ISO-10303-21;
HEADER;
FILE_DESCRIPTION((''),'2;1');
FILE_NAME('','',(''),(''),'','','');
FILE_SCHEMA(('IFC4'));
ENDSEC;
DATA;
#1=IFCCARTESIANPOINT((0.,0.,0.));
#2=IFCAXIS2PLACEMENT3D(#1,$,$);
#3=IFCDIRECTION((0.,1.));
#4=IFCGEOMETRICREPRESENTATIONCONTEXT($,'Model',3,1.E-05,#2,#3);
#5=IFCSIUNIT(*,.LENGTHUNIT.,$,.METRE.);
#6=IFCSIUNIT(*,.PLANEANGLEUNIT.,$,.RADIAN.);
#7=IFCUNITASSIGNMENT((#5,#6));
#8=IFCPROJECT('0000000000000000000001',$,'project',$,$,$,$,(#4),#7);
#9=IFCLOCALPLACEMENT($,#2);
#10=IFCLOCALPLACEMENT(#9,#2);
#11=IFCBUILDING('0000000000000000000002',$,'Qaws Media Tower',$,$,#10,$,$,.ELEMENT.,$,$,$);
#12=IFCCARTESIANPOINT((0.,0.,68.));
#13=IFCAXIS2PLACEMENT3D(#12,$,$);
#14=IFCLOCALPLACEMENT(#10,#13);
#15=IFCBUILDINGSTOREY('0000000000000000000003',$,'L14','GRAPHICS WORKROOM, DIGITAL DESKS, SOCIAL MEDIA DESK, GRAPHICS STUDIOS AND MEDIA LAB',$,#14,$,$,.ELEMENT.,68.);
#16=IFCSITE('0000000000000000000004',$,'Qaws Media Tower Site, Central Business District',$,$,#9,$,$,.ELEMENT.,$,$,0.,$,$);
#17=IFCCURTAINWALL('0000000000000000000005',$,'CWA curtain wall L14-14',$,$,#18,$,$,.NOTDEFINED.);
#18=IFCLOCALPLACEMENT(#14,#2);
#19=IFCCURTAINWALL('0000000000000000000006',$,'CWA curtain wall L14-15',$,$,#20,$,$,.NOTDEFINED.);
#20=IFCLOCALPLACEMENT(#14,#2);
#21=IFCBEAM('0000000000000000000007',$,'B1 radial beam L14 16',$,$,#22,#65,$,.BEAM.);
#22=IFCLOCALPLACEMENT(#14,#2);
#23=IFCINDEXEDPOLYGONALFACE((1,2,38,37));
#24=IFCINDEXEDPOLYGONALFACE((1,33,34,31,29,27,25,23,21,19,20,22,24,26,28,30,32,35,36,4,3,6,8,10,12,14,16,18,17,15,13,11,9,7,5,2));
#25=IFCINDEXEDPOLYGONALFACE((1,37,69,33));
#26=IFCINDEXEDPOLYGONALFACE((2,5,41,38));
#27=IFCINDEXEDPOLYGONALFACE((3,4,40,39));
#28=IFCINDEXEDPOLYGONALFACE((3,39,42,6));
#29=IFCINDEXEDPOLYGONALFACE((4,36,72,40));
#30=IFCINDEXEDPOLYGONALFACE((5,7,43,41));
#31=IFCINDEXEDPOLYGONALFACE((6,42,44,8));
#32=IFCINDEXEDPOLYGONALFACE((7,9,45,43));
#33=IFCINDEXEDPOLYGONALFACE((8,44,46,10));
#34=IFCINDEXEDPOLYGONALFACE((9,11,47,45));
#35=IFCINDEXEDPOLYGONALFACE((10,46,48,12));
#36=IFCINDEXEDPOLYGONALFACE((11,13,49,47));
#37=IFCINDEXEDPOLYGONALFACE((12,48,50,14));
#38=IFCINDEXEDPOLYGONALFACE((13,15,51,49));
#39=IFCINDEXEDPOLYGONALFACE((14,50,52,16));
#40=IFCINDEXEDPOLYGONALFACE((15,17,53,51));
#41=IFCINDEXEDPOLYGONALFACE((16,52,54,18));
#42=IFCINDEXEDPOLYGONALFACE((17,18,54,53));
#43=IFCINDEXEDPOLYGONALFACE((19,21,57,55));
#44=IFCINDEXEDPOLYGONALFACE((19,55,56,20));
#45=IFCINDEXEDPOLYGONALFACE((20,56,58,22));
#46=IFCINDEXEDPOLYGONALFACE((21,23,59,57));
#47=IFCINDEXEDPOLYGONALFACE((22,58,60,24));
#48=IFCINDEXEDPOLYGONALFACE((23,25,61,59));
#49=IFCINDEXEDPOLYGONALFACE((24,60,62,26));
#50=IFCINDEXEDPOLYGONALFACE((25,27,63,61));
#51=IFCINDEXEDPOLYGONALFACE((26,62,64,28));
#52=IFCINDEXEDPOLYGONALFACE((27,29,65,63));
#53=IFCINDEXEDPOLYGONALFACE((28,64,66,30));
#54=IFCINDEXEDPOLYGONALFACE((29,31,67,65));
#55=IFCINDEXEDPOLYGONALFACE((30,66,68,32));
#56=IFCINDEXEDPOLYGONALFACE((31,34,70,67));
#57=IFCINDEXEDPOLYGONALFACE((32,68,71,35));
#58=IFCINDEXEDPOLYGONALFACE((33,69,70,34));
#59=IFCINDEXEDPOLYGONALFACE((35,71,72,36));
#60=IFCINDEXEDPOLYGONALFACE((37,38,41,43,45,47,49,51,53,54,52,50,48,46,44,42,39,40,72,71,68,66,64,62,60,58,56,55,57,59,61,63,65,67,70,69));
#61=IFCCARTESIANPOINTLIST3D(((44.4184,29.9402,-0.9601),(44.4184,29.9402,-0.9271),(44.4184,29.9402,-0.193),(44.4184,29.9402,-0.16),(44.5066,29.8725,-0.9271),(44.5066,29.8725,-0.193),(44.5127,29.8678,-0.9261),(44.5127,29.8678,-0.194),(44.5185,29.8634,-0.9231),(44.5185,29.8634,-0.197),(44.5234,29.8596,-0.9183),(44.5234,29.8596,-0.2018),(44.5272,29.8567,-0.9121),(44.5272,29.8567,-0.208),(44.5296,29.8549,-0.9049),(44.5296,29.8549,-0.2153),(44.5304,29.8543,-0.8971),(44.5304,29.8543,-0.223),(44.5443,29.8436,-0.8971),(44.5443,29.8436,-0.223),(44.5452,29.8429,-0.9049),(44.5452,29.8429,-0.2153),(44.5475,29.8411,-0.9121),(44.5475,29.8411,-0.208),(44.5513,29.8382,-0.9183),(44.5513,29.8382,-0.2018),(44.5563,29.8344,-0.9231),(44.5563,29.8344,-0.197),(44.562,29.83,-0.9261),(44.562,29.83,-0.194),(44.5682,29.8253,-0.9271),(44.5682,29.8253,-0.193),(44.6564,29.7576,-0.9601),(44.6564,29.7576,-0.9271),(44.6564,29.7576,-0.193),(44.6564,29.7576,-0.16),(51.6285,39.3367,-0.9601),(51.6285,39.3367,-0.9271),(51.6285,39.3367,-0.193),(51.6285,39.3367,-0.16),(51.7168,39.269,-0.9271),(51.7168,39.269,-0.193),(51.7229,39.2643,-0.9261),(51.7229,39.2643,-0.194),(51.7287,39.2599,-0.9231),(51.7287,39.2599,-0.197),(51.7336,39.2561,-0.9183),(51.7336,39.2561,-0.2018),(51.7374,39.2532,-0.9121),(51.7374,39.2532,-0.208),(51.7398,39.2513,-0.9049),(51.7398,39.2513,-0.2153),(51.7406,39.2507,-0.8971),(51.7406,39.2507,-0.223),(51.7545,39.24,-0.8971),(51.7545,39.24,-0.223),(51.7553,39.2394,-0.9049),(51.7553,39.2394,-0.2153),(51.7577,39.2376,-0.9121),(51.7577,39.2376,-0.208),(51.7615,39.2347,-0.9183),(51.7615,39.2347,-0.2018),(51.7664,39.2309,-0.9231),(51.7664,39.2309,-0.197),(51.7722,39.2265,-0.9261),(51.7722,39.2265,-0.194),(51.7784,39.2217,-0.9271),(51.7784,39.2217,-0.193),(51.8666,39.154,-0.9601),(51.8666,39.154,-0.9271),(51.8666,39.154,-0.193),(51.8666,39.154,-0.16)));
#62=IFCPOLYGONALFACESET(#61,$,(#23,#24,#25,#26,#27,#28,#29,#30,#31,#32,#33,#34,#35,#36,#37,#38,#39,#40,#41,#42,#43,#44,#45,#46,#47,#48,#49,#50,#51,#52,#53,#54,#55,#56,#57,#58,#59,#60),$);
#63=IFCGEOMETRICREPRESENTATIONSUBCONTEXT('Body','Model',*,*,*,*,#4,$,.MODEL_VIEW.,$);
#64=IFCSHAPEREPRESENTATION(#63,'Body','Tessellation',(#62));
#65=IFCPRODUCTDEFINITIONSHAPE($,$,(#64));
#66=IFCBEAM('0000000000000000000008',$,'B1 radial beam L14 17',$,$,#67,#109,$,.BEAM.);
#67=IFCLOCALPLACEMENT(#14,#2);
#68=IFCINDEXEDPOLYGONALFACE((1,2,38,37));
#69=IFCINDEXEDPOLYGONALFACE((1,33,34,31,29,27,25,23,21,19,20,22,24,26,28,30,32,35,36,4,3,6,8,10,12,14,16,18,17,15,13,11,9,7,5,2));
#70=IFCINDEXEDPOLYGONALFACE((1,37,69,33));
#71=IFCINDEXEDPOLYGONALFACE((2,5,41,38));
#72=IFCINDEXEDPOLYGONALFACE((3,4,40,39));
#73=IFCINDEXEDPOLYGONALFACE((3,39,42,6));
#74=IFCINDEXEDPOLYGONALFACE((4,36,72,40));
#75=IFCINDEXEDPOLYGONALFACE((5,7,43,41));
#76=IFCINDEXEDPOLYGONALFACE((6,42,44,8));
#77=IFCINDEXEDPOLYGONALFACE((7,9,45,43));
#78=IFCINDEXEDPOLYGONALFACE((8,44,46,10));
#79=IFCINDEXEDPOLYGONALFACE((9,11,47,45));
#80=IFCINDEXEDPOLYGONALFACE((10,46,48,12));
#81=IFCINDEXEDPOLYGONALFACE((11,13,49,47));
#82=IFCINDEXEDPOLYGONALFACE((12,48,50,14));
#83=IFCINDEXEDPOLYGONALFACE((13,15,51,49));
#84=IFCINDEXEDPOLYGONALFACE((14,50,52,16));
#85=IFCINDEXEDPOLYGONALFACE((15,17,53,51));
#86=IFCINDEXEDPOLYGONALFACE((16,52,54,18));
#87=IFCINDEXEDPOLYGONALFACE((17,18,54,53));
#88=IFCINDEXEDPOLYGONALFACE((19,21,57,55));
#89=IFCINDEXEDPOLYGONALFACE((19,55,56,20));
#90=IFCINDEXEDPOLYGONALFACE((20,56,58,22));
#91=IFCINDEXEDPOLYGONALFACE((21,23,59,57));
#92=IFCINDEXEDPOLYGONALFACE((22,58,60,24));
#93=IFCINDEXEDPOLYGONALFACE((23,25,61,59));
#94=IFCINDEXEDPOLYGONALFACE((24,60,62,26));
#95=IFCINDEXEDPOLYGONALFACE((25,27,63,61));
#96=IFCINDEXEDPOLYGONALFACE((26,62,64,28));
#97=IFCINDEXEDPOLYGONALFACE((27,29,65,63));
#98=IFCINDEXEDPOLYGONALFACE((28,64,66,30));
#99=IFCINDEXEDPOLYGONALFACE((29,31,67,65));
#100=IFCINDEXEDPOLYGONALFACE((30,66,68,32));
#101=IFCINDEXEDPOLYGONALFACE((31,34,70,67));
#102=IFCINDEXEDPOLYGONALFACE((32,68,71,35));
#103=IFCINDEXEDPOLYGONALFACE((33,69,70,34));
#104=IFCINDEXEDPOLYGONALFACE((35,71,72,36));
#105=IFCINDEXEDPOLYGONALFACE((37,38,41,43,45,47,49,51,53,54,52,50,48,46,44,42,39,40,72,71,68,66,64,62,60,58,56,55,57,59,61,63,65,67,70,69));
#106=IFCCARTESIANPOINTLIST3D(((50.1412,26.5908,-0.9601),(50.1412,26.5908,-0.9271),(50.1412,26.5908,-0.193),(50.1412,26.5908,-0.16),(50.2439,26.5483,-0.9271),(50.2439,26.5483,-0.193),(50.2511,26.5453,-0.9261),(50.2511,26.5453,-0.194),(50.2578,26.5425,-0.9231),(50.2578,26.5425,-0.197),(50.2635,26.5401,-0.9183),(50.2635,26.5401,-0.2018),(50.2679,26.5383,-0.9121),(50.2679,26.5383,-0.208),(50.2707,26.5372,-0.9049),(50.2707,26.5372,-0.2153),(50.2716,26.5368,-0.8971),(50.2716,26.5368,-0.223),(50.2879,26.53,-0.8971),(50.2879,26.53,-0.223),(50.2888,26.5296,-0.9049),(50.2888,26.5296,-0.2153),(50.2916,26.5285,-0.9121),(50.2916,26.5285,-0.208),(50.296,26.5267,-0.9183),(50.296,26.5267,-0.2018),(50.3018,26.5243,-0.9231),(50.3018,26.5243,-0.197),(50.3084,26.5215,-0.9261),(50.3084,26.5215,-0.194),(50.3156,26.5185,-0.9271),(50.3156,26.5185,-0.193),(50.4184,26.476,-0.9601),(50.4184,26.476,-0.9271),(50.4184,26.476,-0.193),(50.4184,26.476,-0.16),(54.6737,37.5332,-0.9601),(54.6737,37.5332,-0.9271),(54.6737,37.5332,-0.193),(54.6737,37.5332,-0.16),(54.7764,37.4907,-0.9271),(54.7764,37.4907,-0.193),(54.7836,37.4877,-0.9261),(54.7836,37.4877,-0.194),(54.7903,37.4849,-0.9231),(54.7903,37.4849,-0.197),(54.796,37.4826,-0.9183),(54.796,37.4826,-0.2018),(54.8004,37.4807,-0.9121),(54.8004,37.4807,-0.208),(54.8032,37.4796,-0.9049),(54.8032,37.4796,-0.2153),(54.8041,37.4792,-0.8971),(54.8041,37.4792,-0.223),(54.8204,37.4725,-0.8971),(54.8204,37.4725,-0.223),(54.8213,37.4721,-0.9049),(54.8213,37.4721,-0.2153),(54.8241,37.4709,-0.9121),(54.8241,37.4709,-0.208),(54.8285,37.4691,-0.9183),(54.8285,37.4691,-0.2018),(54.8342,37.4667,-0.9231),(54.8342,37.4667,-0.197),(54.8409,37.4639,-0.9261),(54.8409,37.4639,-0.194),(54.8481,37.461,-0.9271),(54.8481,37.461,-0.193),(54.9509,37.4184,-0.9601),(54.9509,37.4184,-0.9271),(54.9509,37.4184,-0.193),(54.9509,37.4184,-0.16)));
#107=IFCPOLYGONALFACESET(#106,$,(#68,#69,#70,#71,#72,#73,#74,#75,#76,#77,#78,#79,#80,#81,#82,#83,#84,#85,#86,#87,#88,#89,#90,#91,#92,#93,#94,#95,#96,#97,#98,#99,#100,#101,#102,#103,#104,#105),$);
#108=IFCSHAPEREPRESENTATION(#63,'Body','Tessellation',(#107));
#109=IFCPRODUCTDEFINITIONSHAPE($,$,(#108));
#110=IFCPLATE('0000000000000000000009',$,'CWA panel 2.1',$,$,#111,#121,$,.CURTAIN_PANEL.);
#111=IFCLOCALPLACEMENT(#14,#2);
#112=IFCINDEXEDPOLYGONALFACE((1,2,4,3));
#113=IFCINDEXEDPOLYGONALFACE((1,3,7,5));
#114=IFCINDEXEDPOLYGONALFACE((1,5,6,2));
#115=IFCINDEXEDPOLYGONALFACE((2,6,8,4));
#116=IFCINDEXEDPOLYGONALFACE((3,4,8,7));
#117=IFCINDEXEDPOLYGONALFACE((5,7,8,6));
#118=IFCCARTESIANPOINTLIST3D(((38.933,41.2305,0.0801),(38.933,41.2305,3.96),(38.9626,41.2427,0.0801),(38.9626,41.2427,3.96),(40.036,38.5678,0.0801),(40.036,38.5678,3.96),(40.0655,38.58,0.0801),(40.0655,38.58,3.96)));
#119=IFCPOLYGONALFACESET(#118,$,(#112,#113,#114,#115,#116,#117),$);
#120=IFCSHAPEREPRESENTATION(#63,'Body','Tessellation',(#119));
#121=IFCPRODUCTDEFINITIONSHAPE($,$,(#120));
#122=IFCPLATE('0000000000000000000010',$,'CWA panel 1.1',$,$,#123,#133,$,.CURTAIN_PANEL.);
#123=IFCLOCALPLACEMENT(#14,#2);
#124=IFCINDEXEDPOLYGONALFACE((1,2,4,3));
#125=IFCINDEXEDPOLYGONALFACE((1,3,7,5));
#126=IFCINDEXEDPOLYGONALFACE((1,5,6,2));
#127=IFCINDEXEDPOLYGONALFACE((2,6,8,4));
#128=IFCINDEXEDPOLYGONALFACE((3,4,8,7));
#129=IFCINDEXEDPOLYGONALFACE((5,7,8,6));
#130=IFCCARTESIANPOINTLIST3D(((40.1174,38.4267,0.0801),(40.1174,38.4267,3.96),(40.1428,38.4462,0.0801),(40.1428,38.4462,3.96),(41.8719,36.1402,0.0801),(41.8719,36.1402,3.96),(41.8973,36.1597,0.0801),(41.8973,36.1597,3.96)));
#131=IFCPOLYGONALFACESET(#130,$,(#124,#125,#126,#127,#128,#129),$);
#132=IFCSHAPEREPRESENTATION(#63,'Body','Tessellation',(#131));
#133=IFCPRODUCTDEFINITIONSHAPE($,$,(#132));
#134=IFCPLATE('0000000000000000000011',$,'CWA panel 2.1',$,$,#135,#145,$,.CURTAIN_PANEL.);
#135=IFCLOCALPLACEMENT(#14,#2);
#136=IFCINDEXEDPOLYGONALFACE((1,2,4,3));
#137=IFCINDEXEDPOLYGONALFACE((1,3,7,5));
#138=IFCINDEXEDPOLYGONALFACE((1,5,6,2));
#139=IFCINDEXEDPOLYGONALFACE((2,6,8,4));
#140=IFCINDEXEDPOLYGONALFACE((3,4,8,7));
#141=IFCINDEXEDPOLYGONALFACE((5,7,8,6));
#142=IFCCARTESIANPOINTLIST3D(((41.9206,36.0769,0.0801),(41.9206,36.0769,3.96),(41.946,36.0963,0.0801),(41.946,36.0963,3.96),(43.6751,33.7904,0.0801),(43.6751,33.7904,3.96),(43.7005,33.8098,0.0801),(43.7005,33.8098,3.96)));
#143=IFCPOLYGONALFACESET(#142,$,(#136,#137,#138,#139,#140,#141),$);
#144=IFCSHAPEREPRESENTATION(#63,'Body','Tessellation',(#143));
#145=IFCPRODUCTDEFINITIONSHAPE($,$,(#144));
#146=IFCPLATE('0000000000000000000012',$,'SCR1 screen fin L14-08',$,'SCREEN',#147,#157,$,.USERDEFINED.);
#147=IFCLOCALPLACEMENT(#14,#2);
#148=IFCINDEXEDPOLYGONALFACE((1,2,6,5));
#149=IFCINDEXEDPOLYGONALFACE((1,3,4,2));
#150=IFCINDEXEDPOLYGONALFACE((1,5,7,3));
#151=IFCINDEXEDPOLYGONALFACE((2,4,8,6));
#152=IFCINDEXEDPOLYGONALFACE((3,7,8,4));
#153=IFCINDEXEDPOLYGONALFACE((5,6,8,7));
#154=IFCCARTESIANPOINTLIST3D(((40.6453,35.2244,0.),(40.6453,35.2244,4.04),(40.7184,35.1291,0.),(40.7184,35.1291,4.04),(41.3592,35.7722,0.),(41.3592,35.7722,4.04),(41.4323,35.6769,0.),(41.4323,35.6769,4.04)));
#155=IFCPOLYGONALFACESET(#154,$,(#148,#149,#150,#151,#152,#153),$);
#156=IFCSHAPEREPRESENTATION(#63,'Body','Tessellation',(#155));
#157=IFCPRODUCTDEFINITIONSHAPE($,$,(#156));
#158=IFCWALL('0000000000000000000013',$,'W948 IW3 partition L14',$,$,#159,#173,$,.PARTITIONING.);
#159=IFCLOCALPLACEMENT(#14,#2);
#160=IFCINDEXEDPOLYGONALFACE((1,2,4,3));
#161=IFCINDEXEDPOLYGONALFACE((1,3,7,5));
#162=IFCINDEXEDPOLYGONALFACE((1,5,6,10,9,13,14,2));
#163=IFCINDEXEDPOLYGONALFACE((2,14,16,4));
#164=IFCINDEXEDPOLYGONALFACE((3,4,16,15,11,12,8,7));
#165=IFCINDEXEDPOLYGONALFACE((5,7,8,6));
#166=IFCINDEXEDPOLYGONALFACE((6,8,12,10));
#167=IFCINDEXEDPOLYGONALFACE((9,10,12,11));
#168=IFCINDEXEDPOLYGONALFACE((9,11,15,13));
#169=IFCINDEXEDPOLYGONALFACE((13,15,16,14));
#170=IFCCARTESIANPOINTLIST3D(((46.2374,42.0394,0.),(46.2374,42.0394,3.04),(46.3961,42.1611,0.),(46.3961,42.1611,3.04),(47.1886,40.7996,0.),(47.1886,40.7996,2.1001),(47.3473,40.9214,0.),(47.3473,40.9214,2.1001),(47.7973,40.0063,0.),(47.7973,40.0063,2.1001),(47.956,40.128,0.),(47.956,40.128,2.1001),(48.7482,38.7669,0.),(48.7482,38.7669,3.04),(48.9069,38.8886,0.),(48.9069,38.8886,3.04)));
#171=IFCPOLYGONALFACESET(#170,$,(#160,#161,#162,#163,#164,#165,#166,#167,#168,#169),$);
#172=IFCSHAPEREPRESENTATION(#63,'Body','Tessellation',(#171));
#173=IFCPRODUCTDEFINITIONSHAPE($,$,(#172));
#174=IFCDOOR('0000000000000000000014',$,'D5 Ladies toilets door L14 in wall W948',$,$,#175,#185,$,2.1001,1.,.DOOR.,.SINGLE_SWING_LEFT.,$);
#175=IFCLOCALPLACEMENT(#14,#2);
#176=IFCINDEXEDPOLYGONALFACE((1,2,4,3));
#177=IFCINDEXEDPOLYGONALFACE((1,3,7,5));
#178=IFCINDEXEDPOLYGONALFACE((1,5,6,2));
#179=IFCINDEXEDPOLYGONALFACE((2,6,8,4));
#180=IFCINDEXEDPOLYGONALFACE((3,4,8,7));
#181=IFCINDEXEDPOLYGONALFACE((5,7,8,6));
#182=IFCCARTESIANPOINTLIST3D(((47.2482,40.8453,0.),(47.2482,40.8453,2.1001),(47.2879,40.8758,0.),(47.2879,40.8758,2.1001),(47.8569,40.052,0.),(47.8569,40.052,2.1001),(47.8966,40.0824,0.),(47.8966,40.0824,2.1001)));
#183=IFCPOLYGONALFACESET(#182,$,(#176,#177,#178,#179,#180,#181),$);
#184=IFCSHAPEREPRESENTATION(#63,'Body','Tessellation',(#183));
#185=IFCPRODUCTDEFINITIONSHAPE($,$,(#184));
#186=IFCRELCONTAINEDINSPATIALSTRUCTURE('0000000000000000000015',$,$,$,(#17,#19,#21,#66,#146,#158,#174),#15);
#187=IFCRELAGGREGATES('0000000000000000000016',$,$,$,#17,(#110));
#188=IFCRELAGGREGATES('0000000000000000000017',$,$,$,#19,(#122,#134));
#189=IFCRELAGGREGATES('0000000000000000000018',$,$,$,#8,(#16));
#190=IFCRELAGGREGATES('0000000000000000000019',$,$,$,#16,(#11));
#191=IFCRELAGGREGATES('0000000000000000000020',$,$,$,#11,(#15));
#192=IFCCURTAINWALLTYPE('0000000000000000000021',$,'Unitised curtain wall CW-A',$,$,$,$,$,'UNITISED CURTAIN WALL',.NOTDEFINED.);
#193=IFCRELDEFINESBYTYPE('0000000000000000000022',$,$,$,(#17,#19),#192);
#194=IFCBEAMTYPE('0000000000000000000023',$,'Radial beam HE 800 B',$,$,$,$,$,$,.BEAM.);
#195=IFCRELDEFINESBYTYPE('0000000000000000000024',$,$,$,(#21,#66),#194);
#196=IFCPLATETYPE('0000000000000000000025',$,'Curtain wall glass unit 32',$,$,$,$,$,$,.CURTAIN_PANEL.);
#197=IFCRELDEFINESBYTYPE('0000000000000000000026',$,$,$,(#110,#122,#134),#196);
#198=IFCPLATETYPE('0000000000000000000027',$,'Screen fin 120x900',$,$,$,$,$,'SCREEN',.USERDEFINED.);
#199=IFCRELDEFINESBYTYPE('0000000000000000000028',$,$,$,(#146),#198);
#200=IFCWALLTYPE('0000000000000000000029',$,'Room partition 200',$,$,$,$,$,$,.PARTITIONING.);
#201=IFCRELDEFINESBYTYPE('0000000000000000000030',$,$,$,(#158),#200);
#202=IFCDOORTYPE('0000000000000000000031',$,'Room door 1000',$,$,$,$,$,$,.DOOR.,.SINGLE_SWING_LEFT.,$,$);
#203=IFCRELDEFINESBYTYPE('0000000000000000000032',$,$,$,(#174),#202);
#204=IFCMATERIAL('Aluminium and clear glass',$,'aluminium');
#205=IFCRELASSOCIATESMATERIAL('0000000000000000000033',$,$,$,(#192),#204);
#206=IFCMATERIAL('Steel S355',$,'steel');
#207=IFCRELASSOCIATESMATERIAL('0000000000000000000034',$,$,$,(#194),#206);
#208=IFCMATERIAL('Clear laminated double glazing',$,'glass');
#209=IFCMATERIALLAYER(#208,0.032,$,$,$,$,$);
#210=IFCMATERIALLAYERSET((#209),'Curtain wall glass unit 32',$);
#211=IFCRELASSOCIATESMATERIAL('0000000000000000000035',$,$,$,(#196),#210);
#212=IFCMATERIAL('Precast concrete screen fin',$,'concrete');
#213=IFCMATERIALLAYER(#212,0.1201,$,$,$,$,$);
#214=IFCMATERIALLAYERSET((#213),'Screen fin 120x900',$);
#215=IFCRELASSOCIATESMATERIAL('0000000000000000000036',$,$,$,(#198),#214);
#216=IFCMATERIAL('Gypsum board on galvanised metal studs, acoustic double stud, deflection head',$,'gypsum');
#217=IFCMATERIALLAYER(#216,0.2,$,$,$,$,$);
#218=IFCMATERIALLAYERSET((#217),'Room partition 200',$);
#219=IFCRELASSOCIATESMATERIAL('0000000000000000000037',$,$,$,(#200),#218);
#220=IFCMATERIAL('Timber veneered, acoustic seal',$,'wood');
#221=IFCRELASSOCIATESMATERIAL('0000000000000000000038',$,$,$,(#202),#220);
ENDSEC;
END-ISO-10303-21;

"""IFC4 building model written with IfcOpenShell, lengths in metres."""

from ifc_helpers import new_model, si_unit, direction, frame, frame_2d, origin, origin_2d, place, context, subcontext, project, spatial, rectangle, i_section, extrude, material, layer, layer_set, material_profile, profile_set, type_object, element, fill, aggregate, save


model = new_model("IFC4")

# Units and contexts
model_context = context("Model", 3, precision=1e-05, world=origin(), true_north=direction((0.0, 1.0)))
body_context = subcontext(model_context, "Body", "Model", "MODEL_VIEW")
ifc_project = project(units=[si_unit("LENGTHUNIT", "METRE"), si_unit("PLANEANGLEUNIT", "RADIAN")], contexts=[model_context])

# Site, building, storey
site_placement = place(None, origin())
site = spatial("IfcSite", under=ifc_project, at=site_placement, Name="Qaws Media Tower Site, Central Business District", CompositionType="ELEMENT", RefElevation=0.0)
building_placement = place(site_placement, origin())
building = spatial("IfcBuilding", under=site, at=building_placement, Name="Qaws Media Tower", CompositionType="ELEMENT")
storey_placement = place(building_placement, frame((0.0, 0.0, 68.0)))
storey = spatial("IfcBuildingStorey", under=building, at=storey_placement, Name="L14", Description="GRAPHICS WORKROOM, DIGITAL DESKS, SOCIAL MEDIA DESK, GRAPHICS STUDIOS AND MEDIA LAB", CompositionType="ELEMENT", Elevation=68.0)

# Curtain wall
ifc_material_1 = material(Name="Aluminium and clear glass", Category="aluminium")
curtain_wall_type = type_object("IfcCurtainWallType", Name="Unitised curtain wall CW-A", ElementType="UNITISED CURTAIN WALL", PredefinedType="NOTDEFINED", material=ifc_material_1)
curtain_wall_1_placement = place(storey_placement, origin())
curtain_wall_1 = element("IfcCurtainWall", 1, at=curtain_wall_1_placement, inside=storey, type_object=curtain_wall_type, Name="CWA curtain wall L14-14", PredefinedType="NOTDEFINED")

# Curtain wall
curtain_wall_2_placement = place(storey_placement, origin())
curtain_wall_2 = element("IfcCurtainWall", 2, at=curtain_wall_2_placement, inside=storey, type_object=curtain_wall_type, Name="CWA curtain wall L14-15", PredefinedType="NOTDEFINED")

# Beams
ifc_material_2 = material(Name="Steel S355", Category="steel")
ifc_material_profile_1 = material_profile(ifc_material_2, i_section(OverallWidth=0.3, OverallDepth=0.8, WebThickness=0.0176, FlangeThickness=0.033, FilletRadius=0.03, at=origin_2d()), Name="HE 800 B")
ifc_profile_set_1 = profile_set([ifc_material_profile_1], Name="Steel S355")
beam_type_1 = type_object("IfcBeamType", Name="Radial beam HE 800 B", PredefinedType="BEAM", material=ifc_profile_set_1)
for number, where, z_axis, x_axis, name in (
    (3, (51.7476, 39.2454, -0.5601), (-0.608763, -0.793352, 0.0), (0.793352, -0.608763, 0.0), "B1 radial beam L14 16"),
    (4, (54.8123, 37.4758, -0.5601), (-0.382683, -0.92388, 0.0), (0.92388, -0.382683, 0.0), "B1 radial beam L14 17"),
):
    element("IfcBeam", number, at=place(storey_placement, frame(where, z_axis=z_axis, x_axis=x_axis)), inside=storey, type_object=beam_type_1, Name=name, PredefinedType="BEAM", context=body_context, shape_type="SweptSolid", body=[
        extrude(i_section(OverallWidth=0.3, OverallDepth=0.8, WebThickness=0.0176, FlangeThickness=0.033, FilletRadius=0.03, at=origin_2d()), origin(), (0.0, 0.0, 1.0), 11.844),
    ])

# Plates
ifc_material_3 = material(Name="Clear laminated double glazing", Category="glass")
ifc_layer_1 = layer(ifc_material_3, 0.032)
ifc_layer_set_1 = layer_set([ifc_layer_1], Name="Curtain wall glass unit 32")
plate_type_1 = type_object("IfcPlateType", Name="Curtain wall glass unit 32", PredefinedType="CURTAIN_PANEL", material=ifc_layer_set_1)
plate_1_placement = place(storey_placement, frame((39.4993, 39.9053, 0.0801), z_axis=(0.0, 0.0, 1.0), x_axis=(0.382683, -0.92388, 0.0)))
plate_1 = element("IfcPlate", 5, at=plate_1_placement, type_object=plate_type_1, Name="CWA panel 2.1", PredefinedType="CURTAIN_PANEL", context=body_context, shape_type="SweptSolid", body=[
    extrude(rectangle(XDim=2.8821, YDim=0.032, at=origin_2d()), origin(), (0.0, 0.0, 1.0), 3.8799),
])
aggregate(curtain_wall_1, [plate_1])
plate_2_placement = place(storey_placement, frame((41.0073, 37.2932, 0.0801), z_axis=(0.0, 0.0, 1.0), x_axis=(0.608761, -0.793353, 0.0)))
plate_2 = element("IfcPlate", 6, at=plate_2_placement, type_object=plate_type_1, Name="CWA panel 1.1", PredefinedType="CURTAIN_PANEL", context=body_context, shape_type="SweptSolid", body=[
    extrude(rectangle(XDim=2.8821, YDim=0.032, at=origin_2d()), origin(), (0.0, 0.0, 1.0), 3.8799),
])
plate_3_placement = place(storey_placement, frame((42.8105, 34.9434, 0.0801), z_axis=(0.0, 0.0, 1.0), x_axis=(0.608761, -0.793353, 0.0)))
plate_3 = element("IfcPlate", 7, at=plate_3_placement, type_object=plate_type_1, Name="CWA panel 2.1", PredefinedType="CURTAIN_PANEL", context=body_context, shape_type="SweptSolid", body=[
    extrude(rectangle(XDim=2.8821, YDim=0.032, at=origin_2d()), origin(), (0.0, 0.0, 1.0), 3.8799),
])
aggregate(curtain_wall_2, [plate_2, plate_3])
ifc_material_4 = material(Name="Precast concrete screen fin", Category="concrete")
ifc_layer_2 = layer(ifc_material_4, 0.1201)
ifc_layer_set_2 = layer_set([ifc_layer_2], Name="Screen fin 120x900")
plate_type_2 = type_object("IfcPlateType", Name="Screen fin 120x900", ElementType="SCREEN", PredefinedType="USERDEFINED", material=ifc_layer_set_2)
plate_4_placement = place(storey_placement, frame((41.0388, 35.4507, 0.0), z_axis=(0.0, 0.0, 1.0), x_axis=(-0.793353, -0.608761, 0.0)))
element("IfcPlate", 8, at=plate_4_placement, inside=storey, type_object=plate_type_2, Name="SCR1 screen fin L14-08", ObjectType="SCREEN", PredefinedType="USERDEFINED", context=body_context, shape_type="SweptSolid", body=[
    extrude(rectangle(XDim=0.8999, YDim=0.1201, at=origin_2d()), origin(), (0.0, 0.0, 1.0), 4.04),
])

# Wall, opening, door
ifc_material_5 = material(Name="Gypsum board on galvanised metal studs, acoustic double stud, deflection head", Category="gypsum")
ifc_layer_3 = layer(ifc_material_5, 0.2)
ifc_layer_set_3 = layer_set([ifc_layer_3], Name="Room partition 200")
wall_type = type_object("IfcWallType", Name="Room partition 200", PredefinedType="PARTITIONING", material=ifc_layer_set_3)
wall_1_placement = place(storey_placement, frame((48.8276, 38.8276, 0.0), z_axis=(0.0, 0.0, 1.0), x_axis=(-0.608715, 0.793389, 0.0)))
wall_1 = element("IfcWall", 9, at=wall_1_placement, inside=storey, type_object=wall_type, Name="W948 IW3 partition L14", PredefinedType="PARTITIONING", context=body_context, shape_type="SweptSolid", body=[
    extrude(rectangle(XDim=4.1248, YDim=0.2, at=frame_2d((2.0625, 0.0))), origin(), (0.0, 0.0, 1.0), 3.04),
])
opening_1_placement = place(wall_1_placement, frame((1.5623, 0.0, 0.0)))
opening_1 = element("IfcOpeningElement", 10, at=opening_1_placement, cuts=wall_1, PredefinedType="OPENING", context=body_context, shape_type="SweptSolid", body=[
    extrude(rectangle(XDim=1.0, YDim=2.1001, at=frame_2d((0.5, 1.05))), frame((0.0, 0.1099, 0.0), z_axis=(0.0, -1.0, 0.0), x_axis=(1.0, 0.0, 0.0)), (0.0, 0.0, 1.0), 0.22),
])
ifc_material_6 = material(Name="Timber veneered, acoustic seal", Category="wood")
door_type_1 = type_object("IfcDoorType", Name="Room door 1000", OperationType="SINGLE_SWING_LEFT", PredefinedType="DOOR", material=ifc_material_6)
door_1_placement = place(opening_1_placement, origin())
door_1 = element("IfcDoor", 11, at=door_1_placement, inside=storey, type_object=door_type_1, Name="D5 Ladies toilets door L14 in wall W948", OperationType="SINGLE_SWING_LEFT", OverallHeight=2.1001, OverallWidth=1.0, PredefinedType="DOOR", context=body_context, shape_type="SweptSolid", body=[
    extrude(rectangle(XDim=1.0, YDim=2.1001, at=frame_2d((0.5, 1.05))), frame((0.0, 0.0249, 0.0), z_axis=(0.0, -1.0, 0.0), x_axis=(1.0, 0.0, 0.0)), (0.0, 0.0, 1.0), 0.05),
])
fill(opening_1, door_1)

save(model, "model.ifc")
